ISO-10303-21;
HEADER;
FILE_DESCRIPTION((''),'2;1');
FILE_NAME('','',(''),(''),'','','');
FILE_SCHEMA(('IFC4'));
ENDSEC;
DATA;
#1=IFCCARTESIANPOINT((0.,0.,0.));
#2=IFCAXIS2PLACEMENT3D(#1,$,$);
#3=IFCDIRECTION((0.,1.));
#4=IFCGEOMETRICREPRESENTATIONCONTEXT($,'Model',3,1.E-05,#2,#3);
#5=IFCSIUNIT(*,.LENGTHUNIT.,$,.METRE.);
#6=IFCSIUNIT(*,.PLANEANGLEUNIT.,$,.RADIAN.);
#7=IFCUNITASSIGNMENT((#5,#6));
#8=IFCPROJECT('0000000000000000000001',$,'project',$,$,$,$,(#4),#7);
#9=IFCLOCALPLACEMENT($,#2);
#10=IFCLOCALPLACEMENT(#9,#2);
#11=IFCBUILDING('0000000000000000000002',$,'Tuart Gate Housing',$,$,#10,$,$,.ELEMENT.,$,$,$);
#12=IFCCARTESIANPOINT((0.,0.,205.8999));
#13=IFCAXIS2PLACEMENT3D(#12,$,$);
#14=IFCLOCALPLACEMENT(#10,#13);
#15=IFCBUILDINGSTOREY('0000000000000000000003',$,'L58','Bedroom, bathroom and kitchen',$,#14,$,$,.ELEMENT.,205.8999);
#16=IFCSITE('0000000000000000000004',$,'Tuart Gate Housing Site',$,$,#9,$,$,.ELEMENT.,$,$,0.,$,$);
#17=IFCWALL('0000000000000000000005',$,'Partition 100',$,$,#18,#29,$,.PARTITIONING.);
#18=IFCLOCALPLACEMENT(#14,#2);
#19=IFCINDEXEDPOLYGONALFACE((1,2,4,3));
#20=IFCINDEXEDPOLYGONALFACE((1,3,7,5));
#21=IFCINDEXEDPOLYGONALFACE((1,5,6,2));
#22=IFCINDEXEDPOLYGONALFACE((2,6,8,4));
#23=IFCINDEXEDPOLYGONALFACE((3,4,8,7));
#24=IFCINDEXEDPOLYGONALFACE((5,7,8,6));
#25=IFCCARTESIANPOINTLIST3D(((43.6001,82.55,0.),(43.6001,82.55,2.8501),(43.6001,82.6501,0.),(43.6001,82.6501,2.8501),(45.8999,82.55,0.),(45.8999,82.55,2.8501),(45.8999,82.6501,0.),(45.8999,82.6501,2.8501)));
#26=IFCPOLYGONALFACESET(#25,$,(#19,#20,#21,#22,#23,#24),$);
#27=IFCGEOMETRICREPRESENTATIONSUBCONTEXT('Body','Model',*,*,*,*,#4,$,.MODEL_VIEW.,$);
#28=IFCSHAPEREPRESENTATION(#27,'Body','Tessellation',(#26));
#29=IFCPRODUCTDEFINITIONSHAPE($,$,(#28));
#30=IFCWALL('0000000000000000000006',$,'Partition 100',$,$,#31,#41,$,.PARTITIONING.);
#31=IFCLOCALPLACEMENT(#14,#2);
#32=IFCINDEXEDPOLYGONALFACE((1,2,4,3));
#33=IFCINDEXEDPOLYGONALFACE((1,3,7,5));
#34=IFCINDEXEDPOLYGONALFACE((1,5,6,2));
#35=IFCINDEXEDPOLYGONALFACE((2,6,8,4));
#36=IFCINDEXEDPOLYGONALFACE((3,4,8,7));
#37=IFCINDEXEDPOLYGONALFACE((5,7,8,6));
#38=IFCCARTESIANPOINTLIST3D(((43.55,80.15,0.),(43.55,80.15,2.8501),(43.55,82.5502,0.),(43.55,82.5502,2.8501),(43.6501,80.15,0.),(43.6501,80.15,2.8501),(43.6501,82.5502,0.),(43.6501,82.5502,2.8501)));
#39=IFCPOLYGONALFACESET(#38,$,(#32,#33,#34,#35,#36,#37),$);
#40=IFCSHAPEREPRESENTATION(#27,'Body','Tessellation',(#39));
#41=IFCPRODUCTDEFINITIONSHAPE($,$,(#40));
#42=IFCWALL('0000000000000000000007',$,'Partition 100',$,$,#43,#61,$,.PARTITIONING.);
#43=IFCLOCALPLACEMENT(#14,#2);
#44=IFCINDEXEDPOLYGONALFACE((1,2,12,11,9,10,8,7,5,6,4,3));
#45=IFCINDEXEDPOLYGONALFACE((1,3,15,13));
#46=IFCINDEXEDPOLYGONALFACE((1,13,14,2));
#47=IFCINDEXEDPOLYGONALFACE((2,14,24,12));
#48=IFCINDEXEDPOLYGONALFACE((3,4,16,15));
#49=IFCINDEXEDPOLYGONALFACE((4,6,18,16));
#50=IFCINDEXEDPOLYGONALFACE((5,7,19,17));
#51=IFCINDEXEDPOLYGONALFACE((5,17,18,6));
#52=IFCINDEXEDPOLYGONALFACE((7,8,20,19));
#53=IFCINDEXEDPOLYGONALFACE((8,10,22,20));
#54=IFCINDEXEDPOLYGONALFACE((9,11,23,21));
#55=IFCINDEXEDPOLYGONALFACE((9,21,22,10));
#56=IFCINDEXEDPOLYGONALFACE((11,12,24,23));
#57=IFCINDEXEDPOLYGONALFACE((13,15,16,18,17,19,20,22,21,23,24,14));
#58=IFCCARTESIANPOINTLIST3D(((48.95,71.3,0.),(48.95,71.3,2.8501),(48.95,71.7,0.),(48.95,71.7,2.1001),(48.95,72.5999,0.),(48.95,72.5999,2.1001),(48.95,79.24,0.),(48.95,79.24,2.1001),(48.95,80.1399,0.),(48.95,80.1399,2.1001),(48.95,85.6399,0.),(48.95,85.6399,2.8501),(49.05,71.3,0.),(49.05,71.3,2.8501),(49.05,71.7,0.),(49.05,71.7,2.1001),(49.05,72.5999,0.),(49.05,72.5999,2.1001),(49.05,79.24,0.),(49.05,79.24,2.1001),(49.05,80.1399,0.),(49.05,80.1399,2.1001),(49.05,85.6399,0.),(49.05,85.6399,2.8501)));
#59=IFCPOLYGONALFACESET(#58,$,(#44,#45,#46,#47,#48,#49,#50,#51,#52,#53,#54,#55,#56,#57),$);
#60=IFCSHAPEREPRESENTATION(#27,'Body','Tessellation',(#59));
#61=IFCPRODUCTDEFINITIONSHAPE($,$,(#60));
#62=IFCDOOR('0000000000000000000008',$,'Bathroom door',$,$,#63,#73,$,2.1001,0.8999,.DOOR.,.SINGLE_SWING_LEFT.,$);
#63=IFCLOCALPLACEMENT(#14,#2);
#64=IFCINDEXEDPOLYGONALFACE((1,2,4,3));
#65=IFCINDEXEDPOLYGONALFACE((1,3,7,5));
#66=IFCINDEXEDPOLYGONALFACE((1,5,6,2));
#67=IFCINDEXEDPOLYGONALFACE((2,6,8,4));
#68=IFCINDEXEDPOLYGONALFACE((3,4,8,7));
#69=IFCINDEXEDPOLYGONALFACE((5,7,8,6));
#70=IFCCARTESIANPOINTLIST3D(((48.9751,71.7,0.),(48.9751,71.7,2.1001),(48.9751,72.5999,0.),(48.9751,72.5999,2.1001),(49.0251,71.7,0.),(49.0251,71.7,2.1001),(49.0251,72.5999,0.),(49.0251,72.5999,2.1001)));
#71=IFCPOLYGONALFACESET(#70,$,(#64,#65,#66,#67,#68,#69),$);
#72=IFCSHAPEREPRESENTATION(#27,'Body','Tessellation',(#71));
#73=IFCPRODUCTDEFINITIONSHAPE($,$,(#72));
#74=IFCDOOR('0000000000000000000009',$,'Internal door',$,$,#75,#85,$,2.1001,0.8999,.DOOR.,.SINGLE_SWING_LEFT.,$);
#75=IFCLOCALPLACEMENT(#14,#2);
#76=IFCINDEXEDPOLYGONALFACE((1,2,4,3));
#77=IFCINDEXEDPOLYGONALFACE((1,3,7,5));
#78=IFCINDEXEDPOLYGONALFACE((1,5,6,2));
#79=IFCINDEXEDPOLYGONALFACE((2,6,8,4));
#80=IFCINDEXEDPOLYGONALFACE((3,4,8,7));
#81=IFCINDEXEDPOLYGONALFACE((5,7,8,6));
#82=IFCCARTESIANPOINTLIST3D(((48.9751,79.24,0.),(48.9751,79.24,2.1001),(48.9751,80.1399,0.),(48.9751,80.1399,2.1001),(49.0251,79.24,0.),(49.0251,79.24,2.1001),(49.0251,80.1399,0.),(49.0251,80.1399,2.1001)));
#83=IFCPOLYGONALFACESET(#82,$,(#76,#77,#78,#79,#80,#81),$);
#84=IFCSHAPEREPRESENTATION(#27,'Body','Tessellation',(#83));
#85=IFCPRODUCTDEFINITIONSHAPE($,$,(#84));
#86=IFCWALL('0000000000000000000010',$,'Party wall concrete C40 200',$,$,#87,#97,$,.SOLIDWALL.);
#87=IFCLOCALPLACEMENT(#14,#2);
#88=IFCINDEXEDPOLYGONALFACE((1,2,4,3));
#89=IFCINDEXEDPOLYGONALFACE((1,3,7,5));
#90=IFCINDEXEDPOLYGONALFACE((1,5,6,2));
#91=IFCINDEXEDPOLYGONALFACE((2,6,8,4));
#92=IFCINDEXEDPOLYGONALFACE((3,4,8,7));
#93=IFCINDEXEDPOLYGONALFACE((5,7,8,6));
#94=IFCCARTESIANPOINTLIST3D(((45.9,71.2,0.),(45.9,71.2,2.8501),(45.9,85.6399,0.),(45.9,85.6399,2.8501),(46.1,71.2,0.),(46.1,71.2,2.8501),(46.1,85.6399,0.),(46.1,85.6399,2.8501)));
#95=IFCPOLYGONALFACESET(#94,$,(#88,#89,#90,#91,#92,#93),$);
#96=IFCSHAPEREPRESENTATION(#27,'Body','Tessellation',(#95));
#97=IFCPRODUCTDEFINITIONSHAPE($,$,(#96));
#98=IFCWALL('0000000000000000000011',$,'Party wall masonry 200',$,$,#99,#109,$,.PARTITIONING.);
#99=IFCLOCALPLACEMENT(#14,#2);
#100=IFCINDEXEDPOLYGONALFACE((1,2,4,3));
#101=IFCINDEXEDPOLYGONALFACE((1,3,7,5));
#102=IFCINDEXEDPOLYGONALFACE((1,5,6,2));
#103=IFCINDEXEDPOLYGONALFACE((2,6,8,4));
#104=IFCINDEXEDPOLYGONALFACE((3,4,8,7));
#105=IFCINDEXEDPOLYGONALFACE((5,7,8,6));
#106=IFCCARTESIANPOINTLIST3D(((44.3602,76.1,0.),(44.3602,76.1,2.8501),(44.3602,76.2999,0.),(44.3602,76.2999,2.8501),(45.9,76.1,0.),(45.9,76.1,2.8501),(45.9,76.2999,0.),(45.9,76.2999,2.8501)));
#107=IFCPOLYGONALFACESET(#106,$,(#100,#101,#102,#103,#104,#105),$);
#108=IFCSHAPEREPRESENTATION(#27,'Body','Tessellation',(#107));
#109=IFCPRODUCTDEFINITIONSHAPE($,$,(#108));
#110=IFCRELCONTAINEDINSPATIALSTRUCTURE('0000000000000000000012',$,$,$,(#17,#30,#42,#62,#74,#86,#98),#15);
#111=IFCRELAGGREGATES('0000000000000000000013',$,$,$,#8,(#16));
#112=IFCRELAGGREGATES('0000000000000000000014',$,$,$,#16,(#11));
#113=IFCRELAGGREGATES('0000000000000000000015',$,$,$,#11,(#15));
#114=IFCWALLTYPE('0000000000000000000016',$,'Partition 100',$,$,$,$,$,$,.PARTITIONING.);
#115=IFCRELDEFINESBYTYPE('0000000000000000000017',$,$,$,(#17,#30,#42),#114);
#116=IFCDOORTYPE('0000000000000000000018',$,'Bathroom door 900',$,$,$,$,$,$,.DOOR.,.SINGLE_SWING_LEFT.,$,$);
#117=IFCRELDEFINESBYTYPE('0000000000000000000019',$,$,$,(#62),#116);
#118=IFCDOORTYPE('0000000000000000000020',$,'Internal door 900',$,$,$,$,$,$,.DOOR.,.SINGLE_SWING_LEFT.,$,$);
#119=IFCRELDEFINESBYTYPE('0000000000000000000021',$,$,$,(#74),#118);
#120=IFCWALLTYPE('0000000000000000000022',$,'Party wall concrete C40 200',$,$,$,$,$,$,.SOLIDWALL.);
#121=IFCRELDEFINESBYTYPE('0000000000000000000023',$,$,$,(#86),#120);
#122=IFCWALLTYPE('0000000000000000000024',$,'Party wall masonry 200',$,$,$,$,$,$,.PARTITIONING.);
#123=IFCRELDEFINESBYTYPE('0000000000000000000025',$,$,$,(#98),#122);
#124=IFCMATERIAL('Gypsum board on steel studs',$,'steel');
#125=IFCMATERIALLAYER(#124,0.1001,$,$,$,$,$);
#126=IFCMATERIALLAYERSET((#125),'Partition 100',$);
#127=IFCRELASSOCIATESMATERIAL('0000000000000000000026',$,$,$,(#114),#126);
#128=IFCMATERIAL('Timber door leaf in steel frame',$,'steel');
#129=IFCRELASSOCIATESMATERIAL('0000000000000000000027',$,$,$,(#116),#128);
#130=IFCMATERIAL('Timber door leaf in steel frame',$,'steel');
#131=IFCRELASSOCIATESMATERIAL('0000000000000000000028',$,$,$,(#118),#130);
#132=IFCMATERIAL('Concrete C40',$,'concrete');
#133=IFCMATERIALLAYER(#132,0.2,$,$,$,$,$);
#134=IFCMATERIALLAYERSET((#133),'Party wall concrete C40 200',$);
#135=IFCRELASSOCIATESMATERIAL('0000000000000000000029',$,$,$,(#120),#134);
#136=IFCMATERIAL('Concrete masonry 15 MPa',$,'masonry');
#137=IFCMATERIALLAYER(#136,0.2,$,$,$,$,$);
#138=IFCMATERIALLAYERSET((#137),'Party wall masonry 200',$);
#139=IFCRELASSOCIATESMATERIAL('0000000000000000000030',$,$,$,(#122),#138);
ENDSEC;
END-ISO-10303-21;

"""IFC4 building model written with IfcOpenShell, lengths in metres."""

from ifc_helpers import new_model, si_unit, direction, frame, frame_2d, origin, place, context, subcontext, project, spatial, rectangle, extrude, material, layer, layer_set, type_object, element, fill, save


model = new_model("IFC4")

# Units and contexts
model_context = context("Model", 3, precision=1e-05, world=origin(), true_north=direction((0.0, 1.0)))
body_context = subcontext(model_context, "Body", "Model", "MODEL_VIEW")
ifc_project = project(units=[si_unit("LENGTHUNIT", "METRE"), si_unit("PLANEANGLEUNIT", "RADIAN")], contexts=[model_context])

# Site, building, storey
site_placement = place(None, origin())
site = spatial("IfcSite", under=ifc_project, at=site_placement, Name="Tuart Gate Housing Site", CompositionType="ELEMENT", RefElevation=0.0)
building_placement = place(site_placement, origin())
building = spatial("IfcBuilding", under=site, at=building_placement, Name="Tuart Gate Housing", CompositionType="ELEMENT")
storey_placement = place(building_placement, frame((0.0, 0.0, 205.8999)))
storey = spatial("IfcBuildingStorey", under=building, at=storey_placement, Name="L58", Description="Bedroom, bathroom and kitchen", CompositionType="ELEMENT", Elevation=205.8999)

# Walls
ifc_material_1 = material(Name="Gypsum board on steel studs", Category="steel")
ifc_layer_1 = layer(ifc_material_1, 0.1001)
ifc_layer_set_1 = layer_set([ifc_layer_1], Name="Partition 100")
wall_type_1 = type_object("IfcWallType", Name="Partition 100", PredefinedType="PARTITIONING", material=ifc_layer_set_1)
wall_1_placement = place(storey_placement, frame((43.6001, 82.6001, 0.0), z_axis=(0.0, 0.0, 1.0), x_axis=(1.0, 0.0, 0.0)))
element("IfcWall", 1, at=wall_1_placement, inside=storey, type_object=wall_type_1, Name="Partition 100", PredefinedType="PARTITIONING", context=body_context, shape_type="SweptSolid", body=[
    extrude(rectangle(XDim=2.2998, YDim=0.1001, at=frame_2d((1.1499, 0.0))), origin(), (0.0, 0.0, 1.0), 2.8501),
])
wall_2_placement = place(storey_placement, frame((43.6001, 80.1499, 0.0), z_axis=(0.0, 0.0, 1.0), x_axis=(0.0, 1.0, 0.0)))
element("IfcWall", 2, at=wall_2_placement, inside=storey, type_object=wall_type_1, Name="Partition 100", PredefinedType="PARTITIONING", context=body_context, shape_type="SweptSolid", body=[
    extrude(rectangle(XDim=2.4001, YDim=0.1001, at=frame_2d((1.2002, 0.0))), origin(), (0.0, 0.0, 1.0), 2.8501),
])

# Wall, openings, doors
wall_3_placement = place(storey_placement, frame((49.0, 71.3, 0.0), z_axis=(0.0, 0.0, 1.0), x_axis=(0.0, 1.0, 0.0)))
wall_3 = element("IfcWall", 3, at=wall_3_placement, inside=storey, type_object=wall_type_1, Name="Partition 100", PredefinedType="PARTITIONING", context=body_context, shape_type="SweptSolid", body=[
    extrude(rectangle(XDim=14.3398, YDim=0.1001, at=frame_2d((7.1699, 0.0))), origin(), (0.0, 0.0, 1.0), 2.8501),
])
opening_1_placement = place(wall_3_placement, frame((7.9399, 0.0, 0.0)))
opening_1 = element("IfcOpeningElement", 4, at=opening_1_placement, cuts=wall_3, PredefinedType="OPENING", context=body_context, shape_type="SweptSolid", body=[
    extrude(rectangle(XDim=0.8999, YDim=2.1001, at=frame_2d((0.45, 1.05))), frame((0.0, 0.0601, 0.0), z_axis=(0.0, -1.0, 0.0), x_axis=(1.0, 0.0, 0.0)), (0.0, 0.0, 1.0), 0.1201),
])
opening_2_placement = place(wall_3_placement, frame((0.3999, 0.0, 0.0)))
opening_2 = element("IfcOpeningElement", 5, at=opening_2_placement, cuts=wall_3, PredefinedType="OPENING", context=body_context, shape_type="SweptSolid", body=[
    extrude(rectangle(XDim=0.8999, YDim=2.1001, at=frame_2d((0.45, 1.05))), frame((0.0, 0.0601, 0.0), z_axis=(0.0, -1.0, 0.0), x_axis=(1.0, 0.0, 0.0)), (0.0, 0.0, 1.0), 0.1201),
])
ifc_material_2 = material(Name="Timber door leaf in steel frame", Category="steel")
door_type_1 = type_object("IfcDoorType", Name="Bathroom door 900", OperationType="SINGLE_SWING_LEFT", PredefinedType="DOOR", material=ifc_material_2)
door_1_placement = place(opening_2_placement, origin())
door_1 = element("IfcDoor", 6, at=door_1_placement, inside=storey, type_object=door_type_1, Name="Bathroom door", OperationType="SINGLE_SWING_LEFT", OverallHeight=2.1001, OverallWidth=0.8999, PredefinedType="DOOR", context=body_context, shape_type="SweptSolid", body=[
    extrude(rectangle(XDim=0.8999, YDim=2.1001, at=frame_2d((0.45, 1.05))), frame((0.0, 0.0249, 0.0), z_axis=(0.0, -1.0, 0.0), x_axis=(1.0, 0.0, 0.0)), (0.0, 0.0, 1.0), 0.05),
])
fill(opening_2, door_1)
ifc_material_3 = material(Name="Timber door leaf in steel frame", Category="steel")
door_type_2 = type_object("IfcDoorType", Name="Internal door 900", OperationType="SINGLE_SWING_LEFT", PredefinedType="DOOR", material=ifc_material_3)
door_2_placement = place(opening_1_placement, origin())
door_2 = element("IfcDoor", 7, at=door_2_placement, inside=storey, type_object=door_type_2, Name="Internal door", OperationType="SINGLE_SWING_LEFT", OverallHeight=2.1001, OverallWidth=0.8999, PredefinedType="DOOR", context=body_context, shape_type="SweptSolid", body=[
    extrude(rectangle(XDim=0.8999, YDim=2.1001, at=frame_2d((0.45, 1.05))), frame((0.0, 0.0249, 0.0), z_axis=(0.0, -1.0, 0.0), x_axis=(1.0, 0.0, 0.0)), (0.0, 0.0, 1.0), 0.05),
])
fill(opening_1, door_2)

# Walls
ifc_material_4 = material(Name="Concrete C40", Category="concrete")
ifc_layer_2 = layer(ifc_material_4, 0.2)
ifc_layer_set_2 = layer_set([ifc_layer_2], Name="Party wall concrete C40 200")
wall_type_2 = type_object("IfcWallType", Name="Party wall concrete C40 200", PredefinedType="SOLIDWALL", material=ifc_layer_set_2)
wall_4_placement = place(storey_placement, frame((46.0, 71.2, 0.0), z_axis=(0.0, 0.0, 1.0), x_axis=(0.0, 1.0, 0.0)))
element("IfcWall", 8, at=wall_4_placement, inside=storey, type_object=wall_type_2, Name="Party wall concrete C40 200", PredefinedType="SOLIDWALL", context=body_context, shape_type="SweptSolid", body=[
    extrude(rectangle(XDim=14.4399, YDim=0.2, at=frame_2d((7.22, 0.0))), origin(), (0.0, 0.0, 1.0), 2.8501),
])
ifc_material_5 = material(Name="Concrete masonry 15 MPa", Category="masonry")
ifc_layer_3 = layer(ifc_material_5, 0.2)
ifc_layer_set_3 = layer_set([ifc_layer_3], Name="Party wall masonry 200")
wall_type_3 = type_object("IfcWallType", Name="Party wall masonry 200", PredefinedType="PARTITIONING", material=ifc_layer_set_3)
wall_5_placement = place(storey_placement, frame((44.3601, 76.2, 0.0), z_axis=(0.0, 0.0, 1.0), x_axis=(1.0, 0.0, 0.0)))
element("IfcWall", 9, at=wall_5_placement, inside=storey, type_object=wall_type_3, Name="Party wall masonry 200", PredefinedType="PARTITIONING", context=body_context, shape_type="SweptSolid", body=[
    extrude(rectangle(XDim=1.5398, YDim=0.2, at=frame_2d((0.77, 0.0))), origin(), (0.0, 0.0, 1.0), 2.8501),
])

save(model, "model.ifc")
